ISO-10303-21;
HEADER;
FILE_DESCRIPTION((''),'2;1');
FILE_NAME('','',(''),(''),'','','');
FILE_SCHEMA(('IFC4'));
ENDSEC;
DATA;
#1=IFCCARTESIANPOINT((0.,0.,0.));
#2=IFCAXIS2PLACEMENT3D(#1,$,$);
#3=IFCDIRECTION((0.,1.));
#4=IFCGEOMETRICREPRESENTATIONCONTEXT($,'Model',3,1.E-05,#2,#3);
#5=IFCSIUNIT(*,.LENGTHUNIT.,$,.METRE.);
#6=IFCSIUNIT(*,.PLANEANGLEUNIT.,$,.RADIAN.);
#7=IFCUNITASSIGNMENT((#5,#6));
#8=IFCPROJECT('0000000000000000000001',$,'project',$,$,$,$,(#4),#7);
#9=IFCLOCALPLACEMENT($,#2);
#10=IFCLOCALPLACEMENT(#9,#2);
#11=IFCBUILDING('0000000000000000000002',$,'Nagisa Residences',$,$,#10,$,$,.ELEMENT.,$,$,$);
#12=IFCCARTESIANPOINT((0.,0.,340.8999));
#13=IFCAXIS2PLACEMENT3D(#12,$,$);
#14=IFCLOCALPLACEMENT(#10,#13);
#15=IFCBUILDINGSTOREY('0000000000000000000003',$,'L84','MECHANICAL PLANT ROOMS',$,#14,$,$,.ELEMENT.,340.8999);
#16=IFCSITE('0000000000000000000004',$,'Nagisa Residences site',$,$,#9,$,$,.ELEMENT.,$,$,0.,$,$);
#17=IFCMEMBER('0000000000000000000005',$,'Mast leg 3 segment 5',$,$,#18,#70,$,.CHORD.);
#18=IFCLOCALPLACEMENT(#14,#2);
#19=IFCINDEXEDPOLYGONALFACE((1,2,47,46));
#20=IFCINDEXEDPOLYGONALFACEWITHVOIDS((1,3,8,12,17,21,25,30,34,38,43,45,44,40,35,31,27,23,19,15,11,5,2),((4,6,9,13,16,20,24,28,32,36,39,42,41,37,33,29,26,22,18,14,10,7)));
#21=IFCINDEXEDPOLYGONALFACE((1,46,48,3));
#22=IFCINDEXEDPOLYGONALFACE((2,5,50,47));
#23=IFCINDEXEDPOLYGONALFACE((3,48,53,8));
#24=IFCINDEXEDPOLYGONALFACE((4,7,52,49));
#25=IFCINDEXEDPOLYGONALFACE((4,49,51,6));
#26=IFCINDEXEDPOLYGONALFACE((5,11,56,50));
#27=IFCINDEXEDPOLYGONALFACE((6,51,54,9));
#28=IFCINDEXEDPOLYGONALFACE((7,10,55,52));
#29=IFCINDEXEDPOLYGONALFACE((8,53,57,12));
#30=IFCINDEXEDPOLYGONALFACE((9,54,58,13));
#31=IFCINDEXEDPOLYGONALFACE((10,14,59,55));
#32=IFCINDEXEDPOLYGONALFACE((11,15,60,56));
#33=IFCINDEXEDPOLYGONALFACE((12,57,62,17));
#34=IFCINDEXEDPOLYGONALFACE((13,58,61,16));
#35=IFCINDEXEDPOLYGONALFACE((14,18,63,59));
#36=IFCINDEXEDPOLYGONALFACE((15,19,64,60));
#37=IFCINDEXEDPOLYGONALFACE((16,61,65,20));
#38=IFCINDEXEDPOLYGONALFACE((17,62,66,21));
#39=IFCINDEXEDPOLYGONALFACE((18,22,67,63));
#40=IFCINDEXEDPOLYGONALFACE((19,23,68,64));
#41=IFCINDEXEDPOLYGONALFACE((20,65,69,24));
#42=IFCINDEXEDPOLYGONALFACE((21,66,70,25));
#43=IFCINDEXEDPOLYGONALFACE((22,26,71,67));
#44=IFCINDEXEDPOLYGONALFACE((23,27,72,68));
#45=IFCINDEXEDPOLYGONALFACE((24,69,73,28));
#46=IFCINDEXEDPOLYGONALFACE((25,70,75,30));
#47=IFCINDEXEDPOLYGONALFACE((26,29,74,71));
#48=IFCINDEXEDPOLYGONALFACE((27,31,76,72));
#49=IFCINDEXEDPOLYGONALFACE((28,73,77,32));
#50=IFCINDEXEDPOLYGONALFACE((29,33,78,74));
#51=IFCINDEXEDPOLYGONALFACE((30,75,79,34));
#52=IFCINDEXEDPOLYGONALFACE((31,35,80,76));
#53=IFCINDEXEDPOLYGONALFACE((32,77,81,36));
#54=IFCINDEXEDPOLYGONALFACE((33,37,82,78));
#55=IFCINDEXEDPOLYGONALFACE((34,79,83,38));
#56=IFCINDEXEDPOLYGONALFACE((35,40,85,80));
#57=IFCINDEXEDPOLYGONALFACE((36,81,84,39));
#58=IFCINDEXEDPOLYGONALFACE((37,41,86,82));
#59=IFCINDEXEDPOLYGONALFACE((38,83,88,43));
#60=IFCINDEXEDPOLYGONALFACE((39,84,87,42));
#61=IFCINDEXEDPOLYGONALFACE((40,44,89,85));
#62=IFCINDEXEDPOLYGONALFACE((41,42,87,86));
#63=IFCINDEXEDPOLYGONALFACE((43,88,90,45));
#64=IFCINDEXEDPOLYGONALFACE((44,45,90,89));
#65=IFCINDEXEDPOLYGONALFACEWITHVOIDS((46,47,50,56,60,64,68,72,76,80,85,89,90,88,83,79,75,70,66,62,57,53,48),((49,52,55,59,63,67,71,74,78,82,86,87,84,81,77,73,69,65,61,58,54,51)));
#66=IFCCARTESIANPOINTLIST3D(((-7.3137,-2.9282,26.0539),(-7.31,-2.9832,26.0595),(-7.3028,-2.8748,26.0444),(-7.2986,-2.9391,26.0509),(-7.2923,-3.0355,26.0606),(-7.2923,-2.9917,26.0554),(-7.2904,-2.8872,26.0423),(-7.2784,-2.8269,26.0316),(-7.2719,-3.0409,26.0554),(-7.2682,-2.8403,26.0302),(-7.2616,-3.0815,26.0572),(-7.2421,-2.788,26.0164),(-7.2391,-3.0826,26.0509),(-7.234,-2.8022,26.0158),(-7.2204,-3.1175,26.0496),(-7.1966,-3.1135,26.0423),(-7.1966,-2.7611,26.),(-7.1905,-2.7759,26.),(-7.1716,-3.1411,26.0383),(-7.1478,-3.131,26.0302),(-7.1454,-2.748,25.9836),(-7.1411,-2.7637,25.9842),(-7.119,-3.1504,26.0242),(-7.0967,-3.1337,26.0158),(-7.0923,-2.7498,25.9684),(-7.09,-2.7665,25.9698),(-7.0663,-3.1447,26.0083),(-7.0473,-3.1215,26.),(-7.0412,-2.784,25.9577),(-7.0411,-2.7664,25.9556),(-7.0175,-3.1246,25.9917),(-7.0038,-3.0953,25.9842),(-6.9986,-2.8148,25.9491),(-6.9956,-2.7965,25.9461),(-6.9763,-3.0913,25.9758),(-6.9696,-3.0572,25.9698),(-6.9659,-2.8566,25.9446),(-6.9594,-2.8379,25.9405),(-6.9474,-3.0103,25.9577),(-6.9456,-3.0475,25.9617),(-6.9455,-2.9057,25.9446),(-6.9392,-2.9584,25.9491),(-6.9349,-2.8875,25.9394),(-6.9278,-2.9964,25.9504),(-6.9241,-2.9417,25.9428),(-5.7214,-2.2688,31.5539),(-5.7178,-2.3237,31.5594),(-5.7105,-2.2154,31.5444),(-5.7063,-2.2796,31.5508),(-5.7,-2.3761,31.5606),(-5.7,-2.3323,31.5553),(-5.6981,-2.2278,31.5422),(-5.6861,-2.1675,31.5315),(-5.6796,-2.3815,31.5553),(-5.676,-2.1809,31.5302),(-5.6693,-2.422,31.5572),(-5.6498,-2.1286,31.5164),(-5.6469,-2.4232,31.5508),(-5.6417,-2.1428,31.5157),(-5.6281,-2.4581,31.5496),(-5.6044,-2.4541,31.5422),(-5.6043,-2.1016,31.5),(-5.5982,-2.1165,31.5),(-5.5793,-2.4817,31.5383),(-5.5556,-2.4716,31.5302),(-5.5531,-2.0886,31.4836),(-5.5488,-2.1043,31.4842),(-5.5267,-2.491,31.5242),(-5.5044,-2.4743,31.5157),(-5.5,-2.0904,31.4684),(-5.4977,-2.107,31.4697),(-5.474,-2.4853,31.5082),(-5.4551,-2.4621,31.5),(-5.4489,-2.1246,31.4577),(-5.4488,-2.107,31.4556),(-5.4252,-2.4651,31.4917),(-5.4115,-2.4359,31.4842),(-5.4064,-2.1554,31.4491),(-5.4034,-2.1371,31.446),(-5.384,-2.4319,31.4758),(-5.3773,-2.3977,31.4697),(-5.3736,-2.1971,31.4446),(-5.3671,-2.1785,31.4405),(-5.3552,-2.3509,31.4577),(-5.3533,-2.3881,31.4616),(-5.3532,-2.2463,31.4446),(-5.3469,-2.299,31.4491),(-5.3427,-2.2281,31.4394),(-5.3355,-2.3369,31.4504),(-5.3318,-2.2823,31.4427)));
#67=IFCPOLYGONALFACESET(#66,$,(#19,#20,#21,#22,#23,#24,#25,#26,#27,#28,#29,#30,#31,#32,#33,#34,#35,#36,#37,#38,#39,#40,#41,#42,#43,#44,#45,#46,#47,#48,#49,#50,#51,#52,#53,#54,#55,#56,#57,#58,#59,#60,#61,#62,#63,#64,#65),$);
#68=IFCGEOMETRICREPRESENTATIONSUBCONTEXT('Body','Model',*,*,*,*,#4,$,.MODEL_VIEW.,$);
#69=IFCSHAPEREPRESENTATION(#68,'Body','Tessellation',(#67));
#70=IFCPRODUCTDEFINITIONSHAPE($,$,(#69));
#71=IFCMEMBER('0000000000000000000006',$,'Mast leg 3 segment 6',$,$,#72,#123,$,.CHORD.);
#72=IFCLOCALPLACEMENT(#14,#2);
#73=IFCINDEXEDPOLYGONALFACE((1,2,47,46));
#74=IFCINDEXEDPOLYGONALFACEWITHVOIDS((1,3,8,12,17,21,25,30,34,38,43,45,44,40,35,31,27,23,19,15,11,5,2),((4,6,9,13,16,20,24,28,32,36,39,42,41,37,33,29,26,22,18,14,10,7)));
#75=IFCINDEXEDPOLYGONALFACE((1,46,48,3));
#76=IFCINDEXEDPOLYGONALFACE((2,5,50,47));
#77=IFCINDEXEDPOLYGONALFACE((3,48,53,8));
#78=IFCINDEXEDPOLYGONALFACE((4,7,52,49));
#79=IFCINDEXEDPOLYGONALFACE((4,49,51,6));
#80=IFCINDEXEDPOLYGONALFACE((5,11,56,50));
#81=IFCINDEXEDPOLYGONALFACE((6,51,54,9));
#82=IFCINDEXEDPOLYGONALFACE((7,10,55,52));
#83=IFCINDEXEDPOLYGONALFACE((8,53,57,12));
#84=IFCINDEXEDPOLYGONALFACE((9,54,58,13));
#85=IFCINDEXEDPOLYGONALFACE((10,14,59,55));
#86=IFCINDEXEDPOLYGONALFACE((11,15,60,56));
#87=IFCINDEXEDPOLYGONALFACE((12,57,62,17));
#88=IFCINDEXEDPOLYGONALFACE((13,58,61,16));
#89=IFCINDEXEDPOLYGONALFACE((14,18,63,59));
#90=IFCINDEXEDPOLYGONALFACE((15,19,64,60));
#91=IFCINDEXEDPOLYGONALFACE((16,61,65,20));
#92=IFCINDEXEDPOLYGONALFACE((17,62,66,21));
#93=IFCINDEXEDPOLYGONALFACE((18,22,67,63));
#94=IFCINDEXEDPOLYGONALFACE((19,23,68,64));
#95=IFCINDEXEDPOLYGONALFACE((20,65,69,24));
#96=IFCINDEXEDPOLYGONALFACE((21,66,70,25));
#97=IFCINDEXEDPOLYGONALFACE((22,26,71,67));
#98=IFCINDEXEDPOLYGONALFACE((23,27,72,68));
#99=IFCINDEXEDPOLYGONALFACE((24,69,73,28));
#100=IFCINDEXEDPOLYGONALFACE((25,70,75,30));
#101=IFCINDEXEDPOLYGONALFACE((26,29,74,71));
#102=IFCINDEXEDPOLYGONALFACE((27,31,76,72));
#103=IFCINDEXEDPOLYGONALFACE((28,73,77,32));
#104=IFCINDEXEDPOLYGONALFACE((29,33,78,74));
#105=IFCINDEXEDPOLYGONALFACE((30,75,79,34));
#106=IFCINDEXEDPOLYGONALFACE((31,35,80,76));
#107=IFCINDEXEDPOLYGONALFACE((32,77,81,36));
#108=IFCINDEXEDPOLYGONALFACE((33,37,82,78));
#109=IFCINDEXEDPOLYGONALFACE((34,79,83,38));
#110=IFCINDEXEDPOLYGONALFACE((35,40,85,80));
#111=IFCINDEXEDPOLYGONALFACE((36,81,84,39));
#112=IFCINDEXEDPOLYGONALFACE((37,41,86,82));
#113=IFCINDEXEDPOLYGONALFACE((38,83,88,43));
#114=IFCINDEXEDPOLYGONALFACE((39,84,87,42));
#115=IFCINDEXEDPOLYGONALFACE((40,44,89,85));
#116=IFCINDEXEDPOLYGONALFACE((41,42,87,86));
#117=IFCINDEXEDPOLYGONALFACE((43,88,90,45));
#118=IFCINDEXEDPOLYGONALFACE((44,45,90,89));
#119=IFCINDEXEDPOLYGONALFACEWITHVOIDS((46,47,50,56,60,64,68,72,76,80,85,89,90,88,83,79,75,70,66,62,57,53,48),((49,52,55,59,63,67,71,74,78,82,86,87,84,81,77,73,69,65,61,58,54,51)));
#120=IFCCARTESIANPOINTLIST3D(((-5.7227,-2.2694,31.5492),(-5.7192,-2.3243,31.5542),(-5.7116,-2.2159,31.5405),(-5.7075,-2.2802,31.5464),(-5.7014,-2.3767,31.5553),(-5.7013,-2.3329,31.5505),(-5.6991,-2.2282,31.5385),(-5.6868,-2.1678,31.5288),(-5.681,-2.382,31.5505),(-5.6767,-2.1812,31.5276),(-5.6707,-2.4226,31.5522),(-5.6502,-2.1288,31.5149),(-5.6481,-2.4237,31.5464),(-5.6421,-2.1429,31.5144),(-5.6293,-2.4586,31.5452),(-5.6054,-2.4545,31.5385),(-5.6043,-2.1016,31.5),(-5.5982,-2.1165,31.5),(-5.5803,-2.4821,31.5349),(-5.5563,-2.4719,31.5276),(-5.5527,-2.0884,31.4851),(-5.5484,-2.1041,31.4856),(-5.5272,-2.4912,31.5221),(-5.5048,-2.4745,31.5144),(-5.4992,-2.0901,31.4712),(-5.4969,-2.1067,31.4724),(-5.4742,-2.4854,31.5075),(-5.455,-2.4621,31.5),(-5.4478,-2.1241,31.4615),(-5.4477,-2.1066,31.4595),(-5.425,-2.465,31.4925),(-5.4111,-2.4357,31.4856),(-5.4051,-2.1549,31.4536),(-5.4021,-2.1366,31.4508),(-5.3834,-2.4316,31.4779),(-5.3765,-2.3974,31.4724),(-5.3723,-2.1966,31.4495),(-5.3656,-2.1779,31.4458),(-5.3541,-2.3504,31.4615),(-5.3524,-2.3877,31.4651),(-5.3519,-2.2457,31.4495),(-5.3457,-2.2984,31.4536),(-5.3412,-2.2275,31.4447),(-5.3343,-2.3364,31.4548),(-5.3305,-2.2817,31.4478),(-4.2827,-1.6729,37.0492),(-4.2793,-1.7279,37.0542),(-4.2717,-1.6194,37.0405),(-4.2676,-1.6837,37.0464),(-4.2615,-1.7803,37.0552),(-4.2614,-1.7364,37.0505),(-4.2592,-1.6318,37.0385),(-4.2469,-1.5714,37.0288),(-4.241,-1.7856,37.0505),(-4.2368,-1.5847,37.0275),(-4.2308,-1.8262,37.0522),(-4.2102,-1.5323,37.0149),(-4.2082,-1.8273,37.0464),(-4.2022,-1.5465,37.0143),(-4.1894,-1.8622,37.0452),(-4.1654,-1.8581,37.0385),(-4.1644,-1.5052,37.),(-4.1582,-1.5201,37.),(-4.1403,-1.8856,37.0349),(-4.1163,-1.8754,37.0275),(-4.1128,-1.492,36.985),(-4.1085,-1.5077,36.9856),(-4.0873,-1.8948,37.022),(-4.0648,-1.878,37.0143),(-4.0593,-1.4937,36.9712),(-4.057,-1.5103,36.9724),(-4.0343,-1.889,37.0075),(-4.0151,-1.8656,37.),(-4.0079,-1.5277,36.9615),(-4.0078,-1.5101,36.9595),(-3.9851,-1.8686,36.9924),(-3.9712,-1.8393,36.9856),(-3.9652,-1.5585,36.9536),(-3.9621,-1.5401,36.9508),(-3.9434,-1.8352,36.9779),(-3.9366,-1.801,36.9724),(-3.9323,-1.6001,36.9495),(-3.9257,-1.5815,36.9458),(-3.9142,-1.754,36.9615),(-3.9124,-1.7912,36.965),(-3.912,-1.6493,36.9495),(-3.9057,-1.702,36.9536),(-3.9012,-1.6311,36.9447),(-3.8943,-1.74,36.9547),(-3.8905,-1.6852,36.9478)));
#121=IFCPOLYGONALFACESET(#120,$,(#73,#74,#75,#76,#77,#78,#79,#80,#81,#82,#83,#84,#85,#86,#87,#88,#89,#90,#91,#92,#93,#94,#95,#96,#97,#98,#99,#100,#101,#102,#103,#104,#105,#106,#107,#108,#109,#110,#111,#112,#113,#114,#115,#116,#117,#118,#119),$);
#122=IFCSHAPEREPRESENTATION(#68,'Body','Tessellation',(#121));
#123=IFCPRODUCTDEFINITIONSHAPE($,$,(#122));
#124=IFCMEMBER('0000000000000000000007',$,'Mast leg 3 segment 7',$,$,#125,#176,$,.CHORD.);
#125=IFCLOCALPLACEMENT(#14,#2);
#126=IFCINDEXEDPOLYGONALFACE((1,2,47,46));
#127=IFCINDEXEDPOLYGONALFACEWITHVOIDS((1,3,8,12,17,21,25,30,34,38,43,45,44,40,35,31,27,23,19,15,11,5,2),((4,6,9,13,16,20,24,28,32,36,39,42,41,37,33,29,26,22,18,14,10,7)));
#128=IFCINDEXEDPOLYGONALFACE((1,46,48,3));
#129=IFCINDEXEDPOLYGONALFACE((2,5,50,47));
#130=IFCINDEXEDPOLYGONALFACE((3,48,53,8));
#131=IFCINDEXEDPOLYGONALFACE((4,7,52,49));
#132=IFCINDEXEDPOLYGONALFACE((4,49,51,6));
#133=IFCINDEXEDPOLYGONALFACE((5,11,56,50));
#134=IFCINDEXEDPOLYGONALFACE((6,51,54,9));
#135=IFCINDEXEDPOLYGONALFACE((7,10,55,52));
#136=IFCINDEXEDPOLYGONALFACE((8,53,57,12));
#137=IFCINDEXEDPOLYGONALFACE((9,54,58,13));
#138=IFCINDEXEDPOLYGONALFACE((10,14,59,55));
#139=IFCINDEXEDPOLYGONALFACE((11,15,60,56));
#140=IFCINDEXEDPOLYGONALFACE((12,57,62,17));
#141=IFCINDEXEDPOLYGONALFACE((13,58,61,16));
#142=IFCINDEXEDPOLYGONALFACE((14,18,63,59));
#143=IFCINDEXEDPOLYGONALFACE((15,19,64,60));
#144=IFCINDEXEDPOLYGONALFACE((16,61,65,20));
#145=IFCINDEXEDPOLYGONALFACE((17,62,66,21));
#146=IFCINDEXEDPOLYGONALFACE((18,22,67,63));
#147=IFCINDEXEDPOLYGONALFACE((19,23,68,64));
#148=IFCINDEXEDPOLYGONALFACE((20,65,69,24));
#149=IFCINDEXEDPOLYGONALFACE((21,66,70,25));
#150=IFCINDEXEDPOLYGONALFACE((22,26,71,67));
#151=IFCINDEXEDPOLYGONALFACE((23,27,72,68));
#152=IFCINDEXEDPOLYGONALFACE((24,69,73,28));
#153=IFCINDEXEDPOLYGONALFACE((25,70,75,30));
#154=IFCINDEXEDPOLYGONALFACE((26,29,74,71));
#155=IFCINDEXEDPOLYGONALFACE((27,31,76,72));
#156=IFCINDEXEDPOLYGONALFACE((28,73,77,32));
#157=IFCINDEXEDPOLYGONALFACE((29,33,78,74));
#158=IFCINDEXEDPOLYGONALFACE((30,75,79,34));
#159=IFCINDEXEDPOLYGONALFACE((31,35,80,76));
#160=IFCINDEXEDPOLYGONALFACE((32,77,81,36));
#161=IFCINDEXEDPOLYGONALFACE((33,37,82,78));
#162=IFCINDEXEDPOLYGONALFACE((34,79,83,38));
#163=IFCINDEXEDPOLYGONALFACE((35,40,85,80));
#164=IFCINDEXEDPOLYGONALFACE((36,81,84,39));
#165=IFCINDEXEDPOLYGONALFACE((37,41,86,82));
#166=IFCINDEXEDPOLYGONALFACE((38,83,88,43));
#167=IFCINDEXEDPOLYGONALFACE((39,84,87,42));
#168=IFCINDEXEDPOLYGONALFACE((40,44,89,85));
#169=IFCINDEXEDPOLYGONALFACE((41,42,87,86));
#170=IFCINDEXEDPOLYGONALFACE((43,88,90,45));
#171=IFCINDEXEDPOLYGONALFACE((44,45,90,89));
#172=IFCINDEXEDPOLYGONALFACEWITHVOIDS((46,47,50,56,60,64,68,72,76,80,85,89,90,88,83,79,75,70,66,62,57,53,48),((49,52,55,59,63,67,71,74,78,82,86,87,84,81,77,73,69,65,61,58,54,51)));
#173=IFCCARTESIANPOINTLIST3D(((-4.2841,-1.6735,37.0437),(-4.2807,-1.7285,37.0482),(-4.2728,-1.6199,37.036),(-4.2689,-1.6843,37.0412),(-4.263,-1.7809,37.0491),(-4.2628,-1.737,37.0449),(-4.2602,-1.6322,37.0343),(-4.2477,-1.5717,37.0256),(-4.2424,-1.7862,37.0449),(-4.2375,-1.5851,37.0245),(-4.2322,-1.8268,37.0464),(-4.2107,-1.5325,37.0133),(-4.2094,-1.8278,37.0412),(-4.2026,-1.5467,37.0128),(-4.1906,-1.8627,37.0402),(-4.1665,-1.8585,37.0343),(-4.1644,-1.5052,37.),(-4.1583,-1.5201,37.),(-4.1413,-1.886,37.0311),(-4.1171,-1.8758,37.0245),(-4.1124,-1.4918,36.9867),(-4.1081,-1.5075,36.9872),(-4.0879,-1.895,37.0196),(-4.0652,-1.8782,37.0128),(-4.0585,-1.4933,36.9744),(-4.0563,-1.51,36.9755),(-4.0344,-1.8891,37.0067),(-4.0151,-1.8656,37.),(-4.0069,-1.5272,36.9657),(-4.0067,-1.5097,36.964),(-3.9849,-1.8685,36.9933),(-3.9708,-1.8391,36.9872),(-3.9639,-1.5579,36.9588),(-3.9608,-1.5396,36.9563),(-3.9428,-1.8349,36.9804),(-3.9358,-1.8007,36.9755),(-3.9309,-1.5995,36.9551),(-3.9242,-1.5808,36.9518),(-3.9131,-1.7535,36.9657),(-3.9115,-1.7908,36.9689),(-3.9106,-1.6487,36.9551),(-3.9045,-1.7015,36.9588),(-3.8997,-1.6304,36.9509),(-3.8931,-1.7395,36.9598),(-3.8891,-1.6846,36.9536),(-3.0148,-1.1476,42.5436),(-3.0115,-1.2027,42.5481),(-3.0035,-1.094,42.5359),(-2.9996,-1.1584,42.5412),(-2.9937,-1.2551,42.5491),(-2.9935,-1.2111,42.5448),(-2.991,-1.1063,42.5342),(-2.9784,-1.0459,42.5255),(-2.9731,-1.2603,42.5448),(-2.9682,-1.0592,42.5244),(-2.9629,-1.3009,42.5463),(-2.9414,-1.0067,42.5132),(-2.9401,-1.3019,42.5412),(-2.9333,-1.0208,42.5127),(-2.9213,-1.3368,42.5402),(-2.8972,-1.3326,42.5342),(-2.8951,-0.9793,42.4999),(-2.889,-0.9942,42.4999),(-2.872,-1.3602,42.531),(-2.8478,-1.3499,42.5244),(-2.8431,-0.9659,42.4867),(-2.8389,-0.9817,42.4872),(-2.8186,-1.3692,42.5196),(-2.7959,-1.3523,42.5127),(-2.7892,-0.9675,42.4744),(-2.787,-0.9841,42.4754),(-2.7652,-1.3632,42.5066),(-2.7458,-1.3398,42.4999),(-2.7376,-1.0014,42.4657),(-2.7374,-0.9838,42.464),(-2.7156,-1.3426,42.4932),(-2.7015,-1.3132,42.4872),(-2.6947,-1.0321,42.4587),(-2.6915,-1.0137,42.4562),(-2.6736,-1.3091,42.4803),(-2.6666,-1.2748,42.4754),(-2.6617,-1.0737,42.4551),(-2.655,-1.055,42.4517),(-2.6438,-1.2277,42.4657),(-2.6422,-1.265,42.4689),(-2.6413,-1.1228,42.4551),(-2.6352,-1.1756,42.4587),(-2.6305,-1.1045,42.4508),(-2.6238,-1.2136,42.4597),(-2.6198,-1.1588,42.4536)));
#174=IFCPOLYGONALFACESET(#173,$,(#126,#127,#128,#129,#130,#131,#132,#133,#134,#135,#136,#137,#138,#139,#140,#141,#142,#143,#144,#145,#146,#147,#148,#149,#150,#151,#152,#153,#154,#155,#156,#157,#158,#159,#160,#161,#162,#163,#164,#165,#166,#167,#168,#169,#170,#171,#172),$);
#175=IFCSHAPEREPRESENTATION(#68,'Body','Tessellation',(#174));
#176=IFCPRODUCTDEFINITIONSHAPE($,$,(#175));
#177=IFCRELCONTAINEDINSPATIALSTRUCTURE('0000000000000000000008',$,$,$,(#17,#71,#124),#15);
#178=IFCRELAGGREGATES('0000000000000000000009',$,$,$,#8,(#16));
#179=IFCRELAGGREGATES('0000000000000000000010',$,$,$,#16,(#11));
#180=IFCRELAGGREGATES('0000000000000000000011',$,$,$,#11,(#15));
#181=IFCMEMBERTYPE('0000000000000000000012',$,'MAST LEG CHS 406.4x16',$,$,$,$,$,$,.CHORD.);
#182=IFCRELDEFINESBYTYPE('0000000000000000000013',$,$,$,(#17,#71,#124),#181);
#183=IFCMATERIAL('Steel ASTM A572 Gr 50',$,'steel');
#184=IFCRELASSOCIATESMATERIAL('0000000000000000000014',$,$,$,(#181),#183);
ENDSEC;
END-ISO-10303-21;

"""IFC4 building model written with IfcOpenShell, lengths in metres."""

from ifc_helpers import new_model, si_unit, direction, frame, origin, origin_2d, place, context, subcontext, project, spatial, hollow_circle, extrude, material, material_profile, profile_set, type_object, element, save


model = new_model("IFC4")

# Units and contexts
model_context = context("Model", 3, precision=1e-05, world=origin(), true_north=direction((0.0, 1.0)))
body_context = subcontext(model_context, "Body", "Model", "MODEL_VIEW")
ifc_project = project(units=[si_unit("LENGTHUNIT", "METRE"), si_unit("PLANEANGLEUNIT", "RADIAN")], contexts=[model_context])

# Site, building, storey
site_placement = place(None, origin())
site = spatial("IfcSite", under=ifc_project, at=site_placement, Name="Nagisa Residences site", CompositionType="ELEMENT", RefElevation=0.0)
building_placement = place(site_placement, origin())
building = spatial("IfcBuilding", under=site, at=building_placement, Name="Nagisa Residences", CompositionType="ELEMENT")
storey_placement = place(building_placement, frame((0.0, 0.0, 340.8999)))
storey = spatial("IfcBuildingStorey", under=building, at=storey_placement, Name="L84", Description="MECHANICAL PLANT ROOMS", CompositionType="ELEMENT", Elevation=340.8999)

# Members
ifc_material_1 = material(Name="Steel ASTM A572 Gr 50", Category="steel")
ifc_material_profile_1 = material_profile(ifc_material_1, hollow_circle(Radius=0.2031, WallThickness=0.0161, at=origin_2d()), Name="MAST LEG CHS 406.4x16")
ifc_profile_set_1 = profile_set([ifc_material_profile_1], Name="Steel ASTM A572 Gr 50")
member_type_1 = type_object("IfcMemberType", Name="MAST LEG CHS 406.4x16", PredefinedType="CHORD", material=ifc_profile_set_1)
member_1_placement = place(storey_placement, frame((-7.1189, -2.9487, 26.0), z_axis=(0.276261, 0.11441, 0.954249), x_axis=(-0.382623, 0.923905, 0.0)))
element("IfcMember", 1, at=member_1_placement, inside=storey, type_object=member_type_1, Name="Mast leg 3 segment 5", PredefinedType="CHORD", context=body_context, shape_type="SweptSolid", body=[
    extrude(hollow_circle(Radius=0.2031, WallThickness=0.0161, at=origin_2d()), origin(), (0.0, 0.0, 1.0), 5.7637),
])
member_2_placement = place(storey_placement, frame((-5.5266, -2.2893, 31.5), z_axis=(0.251889, 0.104335, 0.962115), x_axis=(-0.382679, 0.923881, 0.0)))
element("IfcMember", 2, at=member_2_placement, inside=storey, type_object=member_type_1, Name="Mast leg 3 segment 6", PredefinedType="CHORD", context=body_context, shape_type="SweptSolid", body=[
    extrude(hollow_circle(Radius=0.2031, WallThickness=0.0161, at=origin_2d()), origin(), (0.0, 0.0, 1.0), 5.7166),
])
member_3_placement = place(storey_placement, frame((-4.0867, -1.6929, 37.0), z_axis=(0.223899, 0.092764, 0.970188), x_axis=(-0.38276, 0.923848, 0.0)))
element("IfcMember", 3, at=member_3_placement, inside=storey, type_object=member_type_1, Name="Mast leg 3 segment 7", PredefinedType="CHORD", context=body_context, shape_type="SweptSolid", body=[
    extrude(hollow_circle(Radius=0.2031, WallThickness=0.0161, at=origin_2d()), origin(), (0.0, 0.0, 1.0), 5.6689),
])

save(model, "model.ifc")
